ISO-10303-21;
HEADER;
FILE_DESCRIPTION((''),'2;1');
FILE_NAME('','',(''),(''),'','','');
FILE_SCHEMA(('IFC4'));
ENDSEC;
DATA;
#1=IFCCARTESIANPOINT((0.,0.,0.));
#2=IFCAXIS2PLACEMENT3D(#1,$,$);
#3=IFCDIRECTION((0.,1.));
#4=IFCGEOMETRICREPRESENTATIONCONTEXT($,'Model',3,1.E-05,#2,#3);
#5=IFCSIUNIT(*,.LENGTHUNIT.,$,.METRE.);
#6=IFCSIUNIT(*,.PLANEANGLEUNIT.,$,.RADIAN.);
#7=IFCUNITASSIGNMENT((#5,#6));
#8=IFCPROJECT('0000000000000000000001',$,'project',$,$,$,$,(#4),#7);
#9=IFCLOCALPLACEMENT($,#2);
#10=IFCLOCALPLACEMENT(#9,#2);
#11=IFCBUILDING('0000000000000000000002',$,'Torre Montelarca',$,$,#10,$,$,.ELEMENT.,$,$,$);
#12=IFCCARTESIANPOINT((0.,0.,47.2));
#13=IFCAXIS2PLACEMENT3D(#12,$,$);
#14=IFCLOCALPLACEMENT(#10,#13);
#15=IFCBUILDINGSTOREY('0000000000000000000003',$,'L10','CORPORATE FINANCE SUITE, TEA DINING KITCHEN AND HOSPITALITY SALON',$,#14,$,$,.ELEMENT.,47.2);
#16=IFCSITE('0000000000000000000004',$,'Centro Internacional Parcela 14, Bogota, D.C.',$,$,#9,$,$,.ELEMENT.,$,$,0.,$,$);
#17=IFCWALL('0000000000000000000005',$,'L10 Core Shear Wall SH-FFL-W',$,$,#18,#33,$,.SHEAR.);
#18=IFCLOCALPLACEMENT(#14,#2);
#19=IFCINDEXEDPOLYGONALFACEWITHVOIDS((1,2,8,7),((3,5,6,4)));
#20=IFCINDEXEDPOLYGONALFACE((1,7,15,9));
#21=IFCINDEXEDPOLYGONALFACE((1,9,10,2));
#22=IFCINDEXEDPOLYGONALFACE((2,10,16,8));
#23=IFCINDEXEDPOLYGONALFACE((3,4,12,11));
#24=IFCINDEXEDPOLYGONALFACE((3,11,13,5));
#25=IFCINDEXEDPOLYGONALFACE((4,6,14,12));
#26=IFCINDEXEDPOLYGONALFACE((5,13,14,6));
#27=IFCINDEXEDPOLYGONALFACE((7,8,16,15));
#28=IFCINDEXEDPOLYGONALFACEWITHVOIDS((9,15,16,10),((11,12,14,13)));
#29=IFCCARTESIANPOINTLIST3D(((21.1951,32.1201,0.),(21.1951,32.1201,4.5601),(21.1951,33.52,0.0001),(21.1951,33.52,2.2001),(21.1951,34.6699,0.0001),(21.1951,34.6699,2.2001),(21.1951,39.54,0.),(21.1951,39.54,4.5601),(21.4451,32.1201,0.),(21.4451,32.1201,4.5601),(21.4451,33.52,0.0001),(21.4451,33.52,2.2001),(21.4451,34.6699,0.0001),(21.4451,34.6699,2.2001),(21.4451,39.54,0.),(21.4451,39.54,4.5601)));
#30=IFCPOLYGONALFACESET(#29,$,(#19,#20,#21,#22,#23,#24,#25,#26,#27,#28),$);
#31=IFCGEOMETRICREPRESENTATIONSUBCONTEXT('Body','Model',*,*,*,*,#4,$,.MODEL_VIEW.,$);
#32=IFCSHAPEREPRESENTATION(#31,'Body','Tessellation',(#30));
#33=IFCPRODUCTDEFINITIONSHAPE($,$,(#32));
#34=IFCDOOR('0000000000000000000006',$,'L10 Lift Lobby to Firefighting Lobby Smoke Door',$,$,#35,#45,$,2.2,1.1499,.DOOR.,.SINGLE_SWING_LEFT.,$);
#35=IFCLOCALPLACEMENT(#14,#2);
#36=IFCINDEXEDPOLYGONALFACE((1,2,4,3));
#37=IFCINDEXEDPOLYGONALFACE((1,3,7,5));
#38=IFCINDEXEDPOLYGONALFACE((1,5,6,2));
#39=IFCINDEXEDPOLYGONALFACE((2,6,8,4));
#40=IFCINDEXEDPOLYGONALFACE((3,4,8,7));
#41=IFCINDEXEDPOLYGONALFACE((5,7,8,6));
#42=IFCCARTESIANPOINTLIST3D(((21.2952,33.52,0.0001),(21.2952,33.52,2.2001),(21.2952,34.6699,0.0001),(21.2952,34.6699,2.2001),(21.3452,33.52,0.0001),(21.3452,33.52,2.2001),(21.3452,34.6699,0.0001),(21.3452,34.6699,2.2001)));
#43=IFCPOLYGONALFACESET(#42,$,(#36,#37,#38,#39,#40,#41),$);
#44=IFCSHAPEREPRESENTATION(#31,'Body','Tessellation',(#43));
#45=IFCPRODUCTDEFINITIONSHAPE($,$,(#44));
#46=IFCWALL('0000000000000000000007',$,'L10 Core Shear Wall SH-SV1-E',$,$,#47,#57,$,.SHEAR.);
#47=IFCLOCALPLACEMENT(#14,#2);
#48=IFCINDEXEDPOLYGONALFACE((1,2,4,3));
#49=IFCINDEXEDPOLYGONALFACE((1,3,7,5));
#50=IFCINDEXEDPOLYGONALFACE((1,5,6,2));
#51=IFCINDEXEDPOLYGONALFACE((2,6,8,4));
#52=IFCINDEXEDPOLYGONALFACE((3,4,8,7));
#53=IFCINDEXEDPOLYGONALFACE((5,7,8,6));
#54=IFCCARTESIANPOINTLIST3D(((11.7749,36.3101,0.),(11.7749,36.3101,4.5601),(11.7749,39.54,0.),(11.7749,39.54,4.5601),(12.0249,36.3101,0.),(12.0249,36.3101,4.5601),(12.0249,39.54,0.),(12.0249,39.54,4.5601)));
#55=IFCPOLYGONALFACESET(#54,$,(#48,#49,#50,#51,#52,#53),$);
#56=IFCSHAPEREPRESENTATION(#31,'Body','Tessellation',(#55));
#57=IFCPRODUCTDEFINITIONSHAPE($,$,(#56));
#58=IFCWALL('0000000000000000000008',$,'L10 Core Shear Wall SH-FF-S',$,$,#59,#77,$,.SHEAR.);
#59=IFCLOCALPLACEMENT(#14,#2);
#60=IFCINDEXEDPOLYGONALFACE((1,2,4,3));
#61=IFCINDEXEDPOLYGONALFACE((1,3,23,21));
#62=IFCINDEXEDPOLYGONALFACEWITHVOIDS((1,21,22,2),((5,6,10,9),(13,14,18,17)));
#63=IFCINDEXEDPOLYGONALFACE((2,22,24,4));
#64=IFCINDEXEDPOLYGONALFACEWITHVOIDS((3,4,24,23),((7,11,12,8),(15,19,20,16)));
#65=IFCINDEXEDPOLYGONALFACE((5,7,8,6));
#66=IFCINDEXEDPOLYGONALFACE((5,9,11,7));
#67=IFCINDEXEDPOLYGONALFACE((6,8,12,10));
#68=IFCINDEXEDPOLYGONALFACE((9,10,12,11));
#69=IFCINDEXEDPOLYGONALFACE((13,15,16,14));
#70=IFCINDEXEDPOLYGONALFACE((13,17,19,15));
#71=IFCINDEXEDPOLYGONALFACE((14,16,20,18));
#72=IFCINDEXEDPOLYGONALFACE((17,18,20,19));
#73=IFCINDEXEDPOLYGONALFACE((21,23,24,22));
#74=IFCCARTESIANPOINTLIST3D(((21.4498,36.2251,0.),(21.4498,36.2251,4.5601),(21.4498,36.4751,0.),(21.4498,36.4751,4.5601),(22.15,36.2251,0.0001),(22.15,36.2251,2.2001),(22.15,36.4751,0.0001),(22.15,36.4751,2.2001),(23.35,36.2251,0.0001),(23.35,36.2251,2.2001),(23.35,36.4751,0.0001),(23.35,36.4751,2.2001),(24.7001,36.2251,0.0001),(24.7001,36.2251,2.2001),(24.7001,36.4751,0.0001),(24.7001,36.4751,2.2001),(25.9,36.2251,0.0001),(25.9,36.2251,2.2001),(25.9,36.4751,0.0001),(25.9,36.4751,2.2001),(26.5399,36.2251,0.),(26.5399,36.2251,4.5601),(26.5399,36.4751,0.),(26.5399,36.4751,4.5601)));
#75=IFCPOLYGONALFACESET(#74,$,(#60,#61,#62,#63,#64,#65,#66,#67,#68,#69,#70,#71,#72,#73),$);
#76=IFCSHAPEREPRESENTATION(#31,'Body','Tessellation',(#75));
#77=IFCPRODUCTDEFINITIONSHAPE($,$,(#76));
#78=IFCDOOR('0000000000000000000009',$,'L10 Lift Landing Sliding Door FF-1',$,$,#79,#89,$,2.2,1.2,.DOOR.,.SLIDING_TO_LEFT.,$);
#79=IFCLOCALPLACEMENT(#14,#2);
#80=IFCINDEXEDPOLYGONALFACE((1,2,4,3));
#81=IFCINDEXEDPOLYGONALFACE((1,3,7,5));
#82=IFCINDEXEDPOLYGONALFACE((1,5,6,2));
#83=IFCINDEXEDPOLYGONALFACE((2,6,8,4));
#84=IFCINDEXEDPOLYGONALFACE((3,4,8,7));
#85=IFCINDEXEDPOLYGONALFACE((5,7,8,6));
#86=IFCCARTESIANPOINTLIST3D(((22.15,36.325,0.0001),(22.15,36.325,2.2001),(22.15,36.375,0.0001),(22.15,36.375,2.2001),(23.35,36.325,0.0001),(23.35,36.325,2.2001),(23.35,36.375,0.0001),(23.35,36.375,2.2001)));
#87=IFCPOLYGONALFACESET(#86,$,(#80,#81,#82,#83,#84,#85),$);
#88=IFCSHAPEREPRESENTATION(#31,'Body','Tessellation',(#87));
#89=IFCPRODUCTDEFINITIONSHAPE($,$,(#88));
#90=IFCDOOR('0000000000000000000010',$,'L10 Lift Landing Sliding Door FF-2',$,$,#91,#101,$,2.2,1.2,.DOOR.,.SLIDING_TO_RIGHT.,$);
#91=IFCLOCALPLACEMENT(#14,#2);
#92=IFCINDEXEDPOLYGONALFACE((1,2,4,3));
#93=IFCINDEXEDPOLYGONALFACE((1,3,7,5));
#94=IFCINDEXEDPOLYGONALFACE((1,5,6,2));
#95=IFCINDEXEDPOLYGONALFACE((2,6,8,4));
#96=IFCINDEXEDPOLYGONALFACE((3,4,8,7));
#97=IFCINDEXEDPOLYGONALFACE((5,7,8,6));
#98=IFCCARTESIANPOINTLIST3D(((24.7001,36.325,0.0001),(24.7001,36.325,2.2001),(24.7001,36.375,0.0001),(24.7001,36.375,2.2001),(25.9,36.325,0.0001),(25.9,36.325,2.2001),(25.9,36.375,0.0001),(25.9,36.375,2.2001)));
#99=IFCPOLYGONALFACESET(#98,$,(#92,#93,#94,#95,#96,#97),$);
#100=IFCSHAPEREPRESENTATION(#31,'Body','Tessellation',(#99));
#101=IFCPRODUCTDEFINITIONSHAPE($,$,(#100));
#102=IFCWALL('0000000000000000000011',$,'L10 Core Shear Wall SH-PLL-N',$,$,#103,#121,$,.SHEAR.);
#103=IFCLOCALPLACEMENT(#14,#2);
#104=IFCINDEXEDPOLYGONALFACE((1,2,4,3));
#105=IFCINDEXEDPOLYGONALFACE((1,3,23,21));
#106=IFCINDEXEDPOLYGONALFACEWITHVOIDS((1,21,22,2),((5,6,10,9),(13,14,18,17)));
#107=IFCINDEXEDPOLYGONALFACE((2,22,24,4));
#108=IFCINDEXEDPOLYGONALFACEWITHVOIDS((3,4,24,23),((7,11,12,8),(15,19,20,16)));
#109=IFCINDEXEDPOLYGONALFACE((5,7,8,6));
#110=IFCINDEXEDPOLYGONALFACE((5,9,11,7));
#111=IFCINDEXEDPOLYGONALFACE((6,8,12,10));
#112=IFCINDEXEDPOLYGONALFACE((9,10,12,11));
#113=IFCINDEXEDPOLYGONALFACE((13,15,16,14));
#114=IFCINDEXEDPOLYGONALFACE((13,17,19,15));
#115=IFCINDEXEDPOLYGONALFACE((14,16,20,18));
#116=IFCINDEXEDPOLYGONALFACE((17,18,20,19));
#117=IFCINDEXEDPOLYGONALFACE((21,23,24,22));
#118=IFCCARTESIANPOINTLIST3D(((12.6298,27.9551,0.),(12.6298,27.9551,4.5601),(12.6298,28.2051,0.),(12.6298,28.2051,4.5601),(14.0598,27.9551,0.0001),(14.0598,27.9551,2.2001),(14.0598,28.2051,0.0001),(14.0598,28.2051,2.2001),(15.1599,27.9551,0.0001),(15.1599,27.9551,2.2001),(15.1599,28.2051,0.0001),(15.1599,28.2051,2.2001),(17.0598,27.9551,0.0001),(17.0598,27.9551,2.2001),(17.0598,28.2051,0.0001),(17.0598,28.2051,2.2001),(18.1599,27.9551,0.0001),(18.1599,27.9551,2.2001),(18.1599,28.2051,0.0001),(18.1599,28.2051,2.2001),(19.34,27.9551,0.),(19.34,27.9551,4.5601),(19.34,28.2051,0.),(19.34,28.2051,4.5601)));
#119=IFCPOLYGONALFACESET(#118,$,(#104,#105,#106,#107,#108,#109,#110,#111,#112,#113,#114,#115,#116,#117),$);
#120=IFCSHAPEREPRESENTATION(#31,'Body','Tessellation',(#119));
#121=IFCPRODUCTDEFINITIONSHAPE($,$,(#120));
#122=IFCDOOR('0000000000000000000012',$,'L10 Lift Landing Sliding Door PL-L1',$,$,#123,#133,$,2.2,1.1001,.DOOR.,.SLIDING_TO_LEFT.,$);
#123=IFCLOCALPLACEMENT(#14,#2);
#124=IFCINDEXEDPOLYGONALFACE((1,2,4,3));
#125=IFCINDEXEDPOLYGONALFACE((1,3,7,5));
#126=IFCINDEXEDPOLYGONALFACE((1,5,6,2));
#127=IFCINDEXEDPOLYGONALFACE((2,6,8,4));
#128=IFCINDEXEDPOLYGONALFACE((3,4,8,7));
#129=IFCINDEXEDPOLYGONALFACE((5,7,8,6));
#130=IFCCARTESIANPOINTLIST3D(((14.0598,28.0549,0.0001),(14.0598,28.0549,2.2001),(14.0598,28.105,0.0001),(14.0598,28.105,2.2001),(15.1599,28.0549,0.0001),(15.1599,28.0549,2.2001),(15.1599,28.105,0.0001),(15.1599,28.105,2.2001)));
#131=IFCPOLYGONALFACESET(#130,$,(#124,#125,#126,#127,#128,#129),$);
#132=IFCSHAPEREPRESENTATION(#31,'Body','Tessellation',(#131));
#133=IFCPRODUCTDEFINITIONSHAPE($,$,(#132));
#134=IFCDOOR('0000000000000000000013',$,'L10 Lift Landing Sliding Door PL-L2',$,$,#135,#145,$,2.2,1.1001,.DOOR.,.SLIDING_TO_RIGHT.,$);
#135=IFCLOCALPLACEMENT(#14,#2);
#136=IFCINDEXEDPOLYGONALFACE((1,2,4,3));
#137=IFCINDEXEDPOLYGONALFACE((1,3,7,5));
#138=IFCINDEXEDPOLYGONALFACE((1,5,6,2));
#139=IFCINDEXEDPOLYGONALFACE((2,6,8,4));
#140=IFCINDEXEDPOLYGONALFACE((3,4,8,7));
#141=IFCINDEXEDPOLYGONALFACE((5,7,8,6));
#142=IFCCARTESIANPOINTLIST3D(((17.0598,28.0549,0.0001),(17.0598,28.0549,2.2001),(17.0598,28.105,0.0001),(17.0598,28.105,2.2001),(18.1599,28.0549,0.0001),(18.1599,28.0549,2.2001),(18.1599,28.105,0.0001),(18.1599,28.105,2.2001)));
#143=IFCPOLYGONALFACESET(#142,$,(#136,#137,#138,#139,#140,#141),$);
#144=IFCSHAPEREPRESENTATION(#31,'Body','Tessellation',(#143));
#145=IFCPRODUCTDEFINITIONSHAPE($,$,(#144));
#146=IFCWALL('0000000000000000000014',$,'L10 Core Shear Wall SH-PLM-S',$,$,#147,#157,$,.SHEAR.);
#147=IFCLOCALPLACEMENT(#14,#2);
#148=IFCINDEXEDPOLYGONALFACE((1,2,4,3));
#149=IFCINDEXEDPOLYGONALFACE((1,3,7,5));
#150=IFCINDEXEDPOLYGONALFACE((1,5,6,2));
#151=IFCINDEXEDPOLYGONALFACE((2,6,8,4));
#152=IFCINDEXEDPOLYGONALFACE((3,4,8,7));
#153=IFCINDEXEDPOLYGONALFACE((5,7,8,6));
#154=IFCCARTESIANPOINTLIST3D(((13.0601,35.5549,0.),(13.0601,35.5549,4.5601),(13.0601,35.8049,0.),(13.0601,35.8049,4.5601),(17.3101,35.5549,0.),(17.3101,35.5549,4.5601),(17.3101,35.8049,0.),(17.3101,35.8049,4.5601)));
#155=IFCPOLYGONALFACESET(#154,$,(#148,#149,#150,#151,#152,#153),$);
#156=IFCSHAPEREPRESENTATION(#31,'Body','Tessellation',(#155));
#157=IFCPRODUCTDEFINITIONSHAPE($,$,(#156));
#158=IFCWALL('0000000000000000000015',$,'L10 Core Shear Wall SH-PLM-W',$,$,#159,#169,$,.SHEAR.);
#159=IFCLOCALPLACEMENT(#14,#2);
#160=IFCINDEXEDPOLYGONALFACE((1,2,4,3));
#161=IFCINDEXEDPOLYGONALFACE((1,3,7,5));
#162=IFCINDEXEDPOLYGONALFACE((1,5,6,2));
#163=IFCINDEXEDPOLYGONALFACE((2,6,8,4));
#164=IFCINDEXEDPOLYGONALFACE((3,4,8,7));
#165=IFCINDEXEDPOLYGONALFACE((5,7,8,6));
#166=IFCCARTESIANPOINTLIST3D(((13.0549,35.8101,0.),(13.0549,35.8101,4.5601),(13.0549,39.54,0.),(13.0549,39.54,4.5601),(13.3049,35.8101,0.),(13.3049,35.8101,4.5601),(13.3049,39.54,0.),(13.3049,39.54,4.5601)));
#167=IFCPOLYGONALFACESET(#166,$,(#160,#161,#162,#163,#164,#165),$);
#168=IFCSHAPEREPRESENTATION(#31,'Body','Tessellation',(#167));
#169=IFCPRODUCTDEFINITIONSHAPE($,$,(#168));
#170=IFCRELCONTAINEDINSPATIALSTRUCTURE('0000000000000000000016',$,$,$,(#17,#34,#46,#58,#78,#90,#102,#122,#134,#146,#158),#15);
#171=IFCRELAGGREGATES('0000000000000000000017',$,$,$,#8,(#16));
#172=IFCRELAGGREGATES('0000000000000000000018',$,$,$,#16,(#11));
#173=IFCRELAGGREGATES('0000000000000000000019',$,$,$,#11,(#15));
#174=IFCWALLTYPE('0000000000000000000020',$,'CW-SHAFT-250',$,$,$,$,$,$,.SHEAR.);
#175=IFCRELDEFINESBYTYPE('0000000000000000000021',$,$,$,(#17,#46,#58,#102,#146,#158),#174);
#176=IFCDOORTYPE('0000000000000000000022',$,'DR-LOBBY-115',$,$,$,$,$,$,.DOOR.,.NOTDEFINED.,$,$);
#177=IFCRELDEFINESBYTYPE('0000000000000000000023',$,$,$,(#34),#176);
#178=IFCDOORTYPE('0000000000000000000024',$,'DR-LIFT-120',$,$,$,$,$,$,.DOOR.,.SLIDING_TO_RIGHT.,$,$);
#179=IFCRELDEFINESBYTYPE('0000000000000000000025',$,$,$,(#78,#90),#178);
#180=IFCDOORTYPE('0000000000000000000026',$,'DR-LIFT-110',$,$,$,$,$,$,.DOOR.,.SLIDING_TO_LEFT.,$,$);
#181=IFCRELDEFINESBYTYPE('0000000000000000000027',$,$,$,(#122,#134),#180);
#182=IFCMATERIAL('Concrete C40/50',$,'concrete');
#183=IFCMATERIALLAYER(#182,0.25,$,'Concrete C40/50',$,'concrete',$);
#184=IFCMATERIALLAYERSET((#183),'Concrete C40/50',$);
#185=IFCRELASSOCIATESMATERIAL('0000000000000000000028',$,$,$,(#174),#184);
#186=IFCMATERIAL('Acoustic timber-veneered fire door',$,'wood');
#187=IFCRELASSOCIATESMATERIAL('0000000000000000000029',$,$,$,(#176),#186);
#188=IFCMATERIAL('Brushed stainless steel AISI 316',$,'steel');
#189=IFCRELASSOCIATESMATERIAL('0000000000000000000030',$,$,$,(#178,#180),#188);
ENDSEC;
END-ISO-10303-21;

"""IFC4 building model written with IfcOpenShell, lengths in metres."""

from ifc_helpers import new_model, si_unit, direction, frame, frame_2d, origin, place, context, subcontext, project, spatial, rectangle, extrude, source, transform, mapped, material, layer, layer_set, type_object, element, fill, save


model = new_model("IFC4")

# Units and contexts
model_context = context("Model", 3, precision=1e-05, world=origin(), true_north=direction((0.0, 1.0)))
body_context = subcontext(model_context, "Body", "Model", "MODEL_VIEW")
ifc_project = project(units=[si_unit("LENGTHUNIT", "METRE"), si_unit("PLANEANGLEUNIT", "RADIAN")], contexts=[model_context])

# Site, building, storey
site_placement = place(None, origin())
site = spatial("IfcSite", under=ifc_project, at=site_placement, Name="Centro Internacional Parcela 14, Bogota, D.C.", CompositionType="ELEMENT", RefElevation=0.0)
building_placement = place(site_placement, origin())
building = spatial("IfcBuilding", under=site, at=building_placement, Name="Torre Montelarca", CompositionType="ELEMENT")
storey_placement = place(building_placement, frame((0.0, 0.0, 47.2)))
storey = spatial("IfcBuildingStorey", under=building, at=storey_placement, Name="L10", Description="CORPORATE FINANCE SUITE, TEA DINING KITCHEN AND HOSPITALITY SALON", CompositionType="ELEMENT", Elevation=47.2)

# Wall, opening, door
ifc_material_1 = material(Name="Concrete C40/50", Category="concrete")
ifc_layer_1 = layer(ifc_material_1, 0.25, Name="Concrete C40/50", Category="concrete")
ifc_layer_set_1 = layer_set([ifc_layer_1], Name="Concrete C40/50")
wall_type_1 = type_object("IfcWallType", Name="CW-SHAFT-250", PredefinedType="SHEAR", material=ifc_layer_set_1)
wall_1_placement = place(storey_placement, frame((21.3201, 32.1201, 0.0), z_axis=(0.0, 0.0, 1.0), x_axis=(0.0, 1.0, 0.0)))
wall_1 = element("IfcWall", 1, at=wall_1_placement, inside=storey, type_object=wall_type_1, Name="L10 Core Shear Wall SH-FFL-W", PredefinedType="SHEAR", context=body_context, shape_type="SweptSolid", body=[
    extrude(rectangle(XDim=7.4199, YDim=0.25, at=frame_2d((3.71, 0.0))), origin(), (0.0, 0.0, 1.0), 4.5601),
])
opening_1_placement = place(wall_1_placement, frame((1.3999, 0.0, 0.0)))
opening_1 = element("IfcOpeningElement", 2, at=opening_1_placement, cuts=wall_1, PredefinedType="OPENING", context=body_context, shape_type="SweptSolid", body=[
    extrude(rectangle(XDim=1.1499, YDim=2.2, at=frame_2d((0.575, 1.1001))), frame((0.0, 0.135, 0.0), z_axis=(0.0, -1.0, 0.0), x_axis=(1.0, 0.0, 0.0)), (0.0, 0.0, 1.0), 0.27),
])
ifc_material_2 = material(Name="Acoustic timber-veneered fire door", Category="wood")
door_type_1 = type_object("IfcDoorType", Name="DR-LOBBY-115", OperationType="NOTDEFINED", PredefinedType="DOOR", material=ifc_material_2)
shared_shape_1 = source(origin(), body_context, "Body", "SweptSolid", [
    extrude(rectangle(XDim=1.1499, YDim=2.2, at=frame_2d((0.575, 1.1001))), frame((0.0, 0.0249, 0.0), z_axis=(0.0, -1.0, 0.0), x_axis=(1.0, 0.0, 0.0)), (0.0, 0.0, 1.0), 0.05),
])
door_1_placement = place(opening_1_placement, origin())
door_1 = element("IfcDoor", 3, at=door_1_placement, inside=storey, type_object=door_type_1, Name="L10 Lift Lobby to Firefighting Lobby Smoke Door", OperationType="SINGLE_SWING_LEFT", OverallHeight=2.2, OverallWidth=1.1499, PredefinedType="DOOR", context=body_context, shape_type="MappedRepresentation", body=[
    mapped(shared_shape_1, transform((0.0, 0.0, 0.0), scale=1.0)),
])
fill(opening_1, door_1)

# Wall
wall_2_placement = place(storey_placement, frame((11.8999, 36.3101, 0.0), z_axis=(0.0, 0.0, 1.0), x_axis=(0.0, 1.0, 0.0)))
element("IfcWall", 4, at=wall_2_placement, inside=storey, type_object=wall_type_1, Name="L10 Core Shear Wall SH-SV1-E", PredefinedType="SHEAR", context=body_context, shape_type="SweptSolid", body=[
    extrude(rectangle(XDim=3.23, YDim=0.25, at=frame_2d((1.615, 0.0))), origin(), (0.0, 0.0, 1.0), 4.5601),
])

# Walls, openings, doors
wall_3_placement = place(storey_placement, frame((21.45, 36.3501, 0.0), z_axis=(0.0, 0.0, 1.0), x_axis=(1.0, 0.0, 0.0)))
wall_3 = element("IfcWall", 5, at=wall_3_placement, inside=storey, type_object=wall_type_1, Name="L10 Core Shear Wall SH-FF-S", PredefinedType="SHEAR", context=body_context, shape_type="SweptSolid", body=[
    extrude(rectangle(XDim=5.0901, YDim=0.25, at=frame_2d((2.5449, 0.0))), origin(), (0.0, 0.0, 1.0), 4.5601),
])
opening_2_placement = place(wall_3_placement, frame((0.7, 0.0, 0.0)))
opening_2 = element("IfcOpeningElement", 6, at=opening_2_placement, cuts=wall_3, PredefinedType="OPENING", context=body_context, shape_type="SweptSolid", body=[
    extrude(rectangle(XDim=1.2, YDim=2.2, at=frame_2d((0.6001, 1.1001))), frame((0.0, 0.135, 0.0), z_axis=(0.0, -1.0, 0.0), x_axis=(1.0, 0.0, 0.0)), (0.0, 0.0, 1.0), 0.27),
])
opening_3_placement = place(wall_3_placement, frame((3.25, 0.0, 0.0)))
opening_3 = element("IfcOpeningElement", 7, at=opening_3_placement, cuts=wall_3, PredefinedType="OPENING", context=body_context, shape_type="SweptSolid", body=[
    extrude(rectangle(XDim=1.2, YDim=2.2, at=frame_2d((0.6001, 1.1001))), frame((0.0, 0.135, 0.0), z_axis=(0.0, -1.0, 0.0), x_axis=(1.0, 0.0, 0.0)), (0.0, 0.0, 1.0), 0.27),
])
ifc_material_3 = material(Name="Brushed stainless steel AISI 316", Category="steel")
door_type_2 = type_object("IfcDoorType", Name="DR-LIFT-120", OperationType="SLIDING_TO_RIGHT", PredefinedType="DOOR", material=ifc_material_3)
shared_shape_2 = source(origin(), body_context, "Body", "SweptSolid", [
    extrude(rectangle(XDim=1.2, YDim=2.2, at=frame_2d((0.6001, 1.1001))), frame((0.0, 0.0249, 0.0), z_axis=(0.0, -1.0, 0.0), x_axis=(1.0, 0.0, 0.0)), (0.0, 0.0, 1.0), 0.05),
])
door_2_placement = place(opening_2_placement, origin())
door_2 = element("IfcDoor", 8, at=door_2_placement, inside=storey, type_object=door_type_2, Name="L10 Lift Landing Sliding Door FF-1", OperationType="SLIDING_TO_LEFT", OverallHeight=2.2, OverallWidth=1.2, PredefinedType="DOOR", context=body_context, shape_type="MappedRepresentation", body=[
    mapped(shared_shape_2, transform((0.0, 0.0, 0.0), scale=1.0)),
])
fill(opening_2, door_2)
door_3_placement = place(opening_3_placement, origin())
door_3 = element("IfcDoor", 9, at=door_3_placement, inside=storey, type_object=door_type_2, Name="L10 Lift Landing Sliding Door FF-2", OperationType="SLIDING_TO_RIGHT", OverallHeight=2.2, OverallWidth=1.2, PredefinedType="DOOR", context=body_context, shape_type="MappedRepresentation", body=[
    mapped(shared_shape_2, transform((0.0, 0.0, 0.0), scale=1.0)),
])
fill(opening_3, door_3)
wall_4_placement = place(storey_placement, frame((12.6299, 28.0801, 0.0), z_axis=(0.0, 0.0, 1.0), x_axis=(1.0, 0.0, 0.0)))
wall_4 = element("IfcWall", 10, at=wall_4_placement, inside=storey, type_object=wall_type_1, Name="L10 Core Shear Wall SH-PLL-N", PredefinedType="SHEAR", context=body_context, shape_type="SweptSolid", body=[
    extrude(rectangle(XDim=6.7102, YDim=0.25, at=frame_2d((3.355, 0.0))), origin(), (0.0, 0.0, 1.0), 4.5601),
])
opening_4_placement = place(wall_4_placement, frame((1.4299, 0.0, 0.0)))
opening_4 = element("IfcOpeningElement", 11, at=opening_4_placement, cuts=wall_4, PredefinedType="OPENING", context=body_context, shape_type="SweptSolid", body=[
    extrude(rectangle(XDim=1.1001, YDim=2.2, at=frame_2d((0.55, 1.1001))), frame((0.0, 0.135, 0.0), z_axis=(0.0, -1.0, 0.0), x_axis=(1.0, 0.0, 0.0)), (0.0, 0.0, 1.0), 0.27),
])
opening_5_placement = place(wall_4_placement, frame((4.4299, 0.0, 0.0)))
opening_5 = element("IfcOpeningElement", 12, at=opening_5_placement, cuts=wall_4, PredefinedType="OPENING", context=body_context, shape_type="SweptSolid", body=[
    extrude(rectangle(XDim=1.1001, YDim=2.2, at=frame_2d((0.55, 1.1001))), frame((0.0, 0.135, 0.0), z_axis=(0.0, -1.0, 0.0), x_axis=(1.0, 0.0, 0.0)), (0.0, 0.0, 1.0), 0.27),
])
door_type_3 = type_object("IfcDoorType", Name="DR-LIFT-110", OperationType="SLIDING_TO_LEFT", PredefinedType="DOOR", material=ifc_material_3)
shared_shape_3 = source(origin(), body_context, "Body", "SweptSolid", [
    extrude(rectangle(XDim=1.1001, YDim=2.2, at=frame_2d((0.55, 1.1001))), frame((0.0, 0.0249, 0.0), z_axis=(0.0, -1.0, 0.0), x_axis=(1.0, 0.0, 0.0)), (0.0, 0.0, 1.0), 0.05),
])
door_4_placement = place(opening_4_placement, origin())
door_4 = element("IfcDoor", 13, at=door_4_placement, inside=storey, type_object=door_type_3, Name="L10 Lift Landing Sliding Door PL-L1", OperationType="SLIDING_TO_LEFT", OverallHeight=2.2, OverallWidth=1.1001, PredefinedType="DOOR", context=body_context, shape_type="MappedRepresentation", body=[
    mapped(shared_shape_3, transform((0.0, 0.0, 0.0), scale=1.0)),
])
fill(opening_4, door_4)
door_5_placement = place(opening_5_placement, origin())
door_5 = element("IfcDoor", 14, at=door_5_placement, inside=storey, type_object=door_type_3, Name="L10 Lift Landing Sliding Door PL-L2", OperationType="SLIDING_TO_RIGHT", OverallHeight=2.2, OverallWidth=1.1001, PredefinedType="DOOR", context=body_context, shape_type="MappedRepresentation", body=[
    mapped(shared_shape_3, transform((0.0, 0.0, 0.0), scale=1.0)),
])
fill(opening_5, door_5)

# Walls
wall_5_placement = place(storey_placement, frame((13.0601, 35.6799, 0.0), z_axis=(0.0, 0.0, 1.0), x_axis=(1.0, 0.0, 0.0)))
element("IfcWall", 15, at=wall_5_placement, inside=storey, type_object=wall_type_1, Name="L10 Core Shear Wall SH-PLM-S", PredefinedType="SHEAR", context=body_context, shape_type="SweptSolid", body=[
    extrude(rectangle(XDim=4.25, YDim=0.25, at=frame_2d((2.125, 0.0))), origin(), (0.0, 0.0, 1.0), 4.5601),
])
for number, where, z_axis, x_axis, name in (
    (16, (13.1799, 35.8101, 0.0), (0.0, 0.0, 1.0), (0.0, 1.0, 0.0), "L10 Core Shear Wall SH-PLM-W"),
):
    element("IfcWall", number, at=place(storey_placement, frame(where, z_axis=z_axis, x_axis=x_axis)), inside=storey, type_object=wall_type_1, Name=name, PredefinedType="SHEAR", context=body_context, shape_type="SweptSolid", body=[
        extrude(rectangle(XDim=3.73, YDim=0.25, at=frame_2d((1.865, 0.0))), origin(), (0.0, 0.0, 1.0), 4.5601),
    ])

save(model, "model.ifc")
